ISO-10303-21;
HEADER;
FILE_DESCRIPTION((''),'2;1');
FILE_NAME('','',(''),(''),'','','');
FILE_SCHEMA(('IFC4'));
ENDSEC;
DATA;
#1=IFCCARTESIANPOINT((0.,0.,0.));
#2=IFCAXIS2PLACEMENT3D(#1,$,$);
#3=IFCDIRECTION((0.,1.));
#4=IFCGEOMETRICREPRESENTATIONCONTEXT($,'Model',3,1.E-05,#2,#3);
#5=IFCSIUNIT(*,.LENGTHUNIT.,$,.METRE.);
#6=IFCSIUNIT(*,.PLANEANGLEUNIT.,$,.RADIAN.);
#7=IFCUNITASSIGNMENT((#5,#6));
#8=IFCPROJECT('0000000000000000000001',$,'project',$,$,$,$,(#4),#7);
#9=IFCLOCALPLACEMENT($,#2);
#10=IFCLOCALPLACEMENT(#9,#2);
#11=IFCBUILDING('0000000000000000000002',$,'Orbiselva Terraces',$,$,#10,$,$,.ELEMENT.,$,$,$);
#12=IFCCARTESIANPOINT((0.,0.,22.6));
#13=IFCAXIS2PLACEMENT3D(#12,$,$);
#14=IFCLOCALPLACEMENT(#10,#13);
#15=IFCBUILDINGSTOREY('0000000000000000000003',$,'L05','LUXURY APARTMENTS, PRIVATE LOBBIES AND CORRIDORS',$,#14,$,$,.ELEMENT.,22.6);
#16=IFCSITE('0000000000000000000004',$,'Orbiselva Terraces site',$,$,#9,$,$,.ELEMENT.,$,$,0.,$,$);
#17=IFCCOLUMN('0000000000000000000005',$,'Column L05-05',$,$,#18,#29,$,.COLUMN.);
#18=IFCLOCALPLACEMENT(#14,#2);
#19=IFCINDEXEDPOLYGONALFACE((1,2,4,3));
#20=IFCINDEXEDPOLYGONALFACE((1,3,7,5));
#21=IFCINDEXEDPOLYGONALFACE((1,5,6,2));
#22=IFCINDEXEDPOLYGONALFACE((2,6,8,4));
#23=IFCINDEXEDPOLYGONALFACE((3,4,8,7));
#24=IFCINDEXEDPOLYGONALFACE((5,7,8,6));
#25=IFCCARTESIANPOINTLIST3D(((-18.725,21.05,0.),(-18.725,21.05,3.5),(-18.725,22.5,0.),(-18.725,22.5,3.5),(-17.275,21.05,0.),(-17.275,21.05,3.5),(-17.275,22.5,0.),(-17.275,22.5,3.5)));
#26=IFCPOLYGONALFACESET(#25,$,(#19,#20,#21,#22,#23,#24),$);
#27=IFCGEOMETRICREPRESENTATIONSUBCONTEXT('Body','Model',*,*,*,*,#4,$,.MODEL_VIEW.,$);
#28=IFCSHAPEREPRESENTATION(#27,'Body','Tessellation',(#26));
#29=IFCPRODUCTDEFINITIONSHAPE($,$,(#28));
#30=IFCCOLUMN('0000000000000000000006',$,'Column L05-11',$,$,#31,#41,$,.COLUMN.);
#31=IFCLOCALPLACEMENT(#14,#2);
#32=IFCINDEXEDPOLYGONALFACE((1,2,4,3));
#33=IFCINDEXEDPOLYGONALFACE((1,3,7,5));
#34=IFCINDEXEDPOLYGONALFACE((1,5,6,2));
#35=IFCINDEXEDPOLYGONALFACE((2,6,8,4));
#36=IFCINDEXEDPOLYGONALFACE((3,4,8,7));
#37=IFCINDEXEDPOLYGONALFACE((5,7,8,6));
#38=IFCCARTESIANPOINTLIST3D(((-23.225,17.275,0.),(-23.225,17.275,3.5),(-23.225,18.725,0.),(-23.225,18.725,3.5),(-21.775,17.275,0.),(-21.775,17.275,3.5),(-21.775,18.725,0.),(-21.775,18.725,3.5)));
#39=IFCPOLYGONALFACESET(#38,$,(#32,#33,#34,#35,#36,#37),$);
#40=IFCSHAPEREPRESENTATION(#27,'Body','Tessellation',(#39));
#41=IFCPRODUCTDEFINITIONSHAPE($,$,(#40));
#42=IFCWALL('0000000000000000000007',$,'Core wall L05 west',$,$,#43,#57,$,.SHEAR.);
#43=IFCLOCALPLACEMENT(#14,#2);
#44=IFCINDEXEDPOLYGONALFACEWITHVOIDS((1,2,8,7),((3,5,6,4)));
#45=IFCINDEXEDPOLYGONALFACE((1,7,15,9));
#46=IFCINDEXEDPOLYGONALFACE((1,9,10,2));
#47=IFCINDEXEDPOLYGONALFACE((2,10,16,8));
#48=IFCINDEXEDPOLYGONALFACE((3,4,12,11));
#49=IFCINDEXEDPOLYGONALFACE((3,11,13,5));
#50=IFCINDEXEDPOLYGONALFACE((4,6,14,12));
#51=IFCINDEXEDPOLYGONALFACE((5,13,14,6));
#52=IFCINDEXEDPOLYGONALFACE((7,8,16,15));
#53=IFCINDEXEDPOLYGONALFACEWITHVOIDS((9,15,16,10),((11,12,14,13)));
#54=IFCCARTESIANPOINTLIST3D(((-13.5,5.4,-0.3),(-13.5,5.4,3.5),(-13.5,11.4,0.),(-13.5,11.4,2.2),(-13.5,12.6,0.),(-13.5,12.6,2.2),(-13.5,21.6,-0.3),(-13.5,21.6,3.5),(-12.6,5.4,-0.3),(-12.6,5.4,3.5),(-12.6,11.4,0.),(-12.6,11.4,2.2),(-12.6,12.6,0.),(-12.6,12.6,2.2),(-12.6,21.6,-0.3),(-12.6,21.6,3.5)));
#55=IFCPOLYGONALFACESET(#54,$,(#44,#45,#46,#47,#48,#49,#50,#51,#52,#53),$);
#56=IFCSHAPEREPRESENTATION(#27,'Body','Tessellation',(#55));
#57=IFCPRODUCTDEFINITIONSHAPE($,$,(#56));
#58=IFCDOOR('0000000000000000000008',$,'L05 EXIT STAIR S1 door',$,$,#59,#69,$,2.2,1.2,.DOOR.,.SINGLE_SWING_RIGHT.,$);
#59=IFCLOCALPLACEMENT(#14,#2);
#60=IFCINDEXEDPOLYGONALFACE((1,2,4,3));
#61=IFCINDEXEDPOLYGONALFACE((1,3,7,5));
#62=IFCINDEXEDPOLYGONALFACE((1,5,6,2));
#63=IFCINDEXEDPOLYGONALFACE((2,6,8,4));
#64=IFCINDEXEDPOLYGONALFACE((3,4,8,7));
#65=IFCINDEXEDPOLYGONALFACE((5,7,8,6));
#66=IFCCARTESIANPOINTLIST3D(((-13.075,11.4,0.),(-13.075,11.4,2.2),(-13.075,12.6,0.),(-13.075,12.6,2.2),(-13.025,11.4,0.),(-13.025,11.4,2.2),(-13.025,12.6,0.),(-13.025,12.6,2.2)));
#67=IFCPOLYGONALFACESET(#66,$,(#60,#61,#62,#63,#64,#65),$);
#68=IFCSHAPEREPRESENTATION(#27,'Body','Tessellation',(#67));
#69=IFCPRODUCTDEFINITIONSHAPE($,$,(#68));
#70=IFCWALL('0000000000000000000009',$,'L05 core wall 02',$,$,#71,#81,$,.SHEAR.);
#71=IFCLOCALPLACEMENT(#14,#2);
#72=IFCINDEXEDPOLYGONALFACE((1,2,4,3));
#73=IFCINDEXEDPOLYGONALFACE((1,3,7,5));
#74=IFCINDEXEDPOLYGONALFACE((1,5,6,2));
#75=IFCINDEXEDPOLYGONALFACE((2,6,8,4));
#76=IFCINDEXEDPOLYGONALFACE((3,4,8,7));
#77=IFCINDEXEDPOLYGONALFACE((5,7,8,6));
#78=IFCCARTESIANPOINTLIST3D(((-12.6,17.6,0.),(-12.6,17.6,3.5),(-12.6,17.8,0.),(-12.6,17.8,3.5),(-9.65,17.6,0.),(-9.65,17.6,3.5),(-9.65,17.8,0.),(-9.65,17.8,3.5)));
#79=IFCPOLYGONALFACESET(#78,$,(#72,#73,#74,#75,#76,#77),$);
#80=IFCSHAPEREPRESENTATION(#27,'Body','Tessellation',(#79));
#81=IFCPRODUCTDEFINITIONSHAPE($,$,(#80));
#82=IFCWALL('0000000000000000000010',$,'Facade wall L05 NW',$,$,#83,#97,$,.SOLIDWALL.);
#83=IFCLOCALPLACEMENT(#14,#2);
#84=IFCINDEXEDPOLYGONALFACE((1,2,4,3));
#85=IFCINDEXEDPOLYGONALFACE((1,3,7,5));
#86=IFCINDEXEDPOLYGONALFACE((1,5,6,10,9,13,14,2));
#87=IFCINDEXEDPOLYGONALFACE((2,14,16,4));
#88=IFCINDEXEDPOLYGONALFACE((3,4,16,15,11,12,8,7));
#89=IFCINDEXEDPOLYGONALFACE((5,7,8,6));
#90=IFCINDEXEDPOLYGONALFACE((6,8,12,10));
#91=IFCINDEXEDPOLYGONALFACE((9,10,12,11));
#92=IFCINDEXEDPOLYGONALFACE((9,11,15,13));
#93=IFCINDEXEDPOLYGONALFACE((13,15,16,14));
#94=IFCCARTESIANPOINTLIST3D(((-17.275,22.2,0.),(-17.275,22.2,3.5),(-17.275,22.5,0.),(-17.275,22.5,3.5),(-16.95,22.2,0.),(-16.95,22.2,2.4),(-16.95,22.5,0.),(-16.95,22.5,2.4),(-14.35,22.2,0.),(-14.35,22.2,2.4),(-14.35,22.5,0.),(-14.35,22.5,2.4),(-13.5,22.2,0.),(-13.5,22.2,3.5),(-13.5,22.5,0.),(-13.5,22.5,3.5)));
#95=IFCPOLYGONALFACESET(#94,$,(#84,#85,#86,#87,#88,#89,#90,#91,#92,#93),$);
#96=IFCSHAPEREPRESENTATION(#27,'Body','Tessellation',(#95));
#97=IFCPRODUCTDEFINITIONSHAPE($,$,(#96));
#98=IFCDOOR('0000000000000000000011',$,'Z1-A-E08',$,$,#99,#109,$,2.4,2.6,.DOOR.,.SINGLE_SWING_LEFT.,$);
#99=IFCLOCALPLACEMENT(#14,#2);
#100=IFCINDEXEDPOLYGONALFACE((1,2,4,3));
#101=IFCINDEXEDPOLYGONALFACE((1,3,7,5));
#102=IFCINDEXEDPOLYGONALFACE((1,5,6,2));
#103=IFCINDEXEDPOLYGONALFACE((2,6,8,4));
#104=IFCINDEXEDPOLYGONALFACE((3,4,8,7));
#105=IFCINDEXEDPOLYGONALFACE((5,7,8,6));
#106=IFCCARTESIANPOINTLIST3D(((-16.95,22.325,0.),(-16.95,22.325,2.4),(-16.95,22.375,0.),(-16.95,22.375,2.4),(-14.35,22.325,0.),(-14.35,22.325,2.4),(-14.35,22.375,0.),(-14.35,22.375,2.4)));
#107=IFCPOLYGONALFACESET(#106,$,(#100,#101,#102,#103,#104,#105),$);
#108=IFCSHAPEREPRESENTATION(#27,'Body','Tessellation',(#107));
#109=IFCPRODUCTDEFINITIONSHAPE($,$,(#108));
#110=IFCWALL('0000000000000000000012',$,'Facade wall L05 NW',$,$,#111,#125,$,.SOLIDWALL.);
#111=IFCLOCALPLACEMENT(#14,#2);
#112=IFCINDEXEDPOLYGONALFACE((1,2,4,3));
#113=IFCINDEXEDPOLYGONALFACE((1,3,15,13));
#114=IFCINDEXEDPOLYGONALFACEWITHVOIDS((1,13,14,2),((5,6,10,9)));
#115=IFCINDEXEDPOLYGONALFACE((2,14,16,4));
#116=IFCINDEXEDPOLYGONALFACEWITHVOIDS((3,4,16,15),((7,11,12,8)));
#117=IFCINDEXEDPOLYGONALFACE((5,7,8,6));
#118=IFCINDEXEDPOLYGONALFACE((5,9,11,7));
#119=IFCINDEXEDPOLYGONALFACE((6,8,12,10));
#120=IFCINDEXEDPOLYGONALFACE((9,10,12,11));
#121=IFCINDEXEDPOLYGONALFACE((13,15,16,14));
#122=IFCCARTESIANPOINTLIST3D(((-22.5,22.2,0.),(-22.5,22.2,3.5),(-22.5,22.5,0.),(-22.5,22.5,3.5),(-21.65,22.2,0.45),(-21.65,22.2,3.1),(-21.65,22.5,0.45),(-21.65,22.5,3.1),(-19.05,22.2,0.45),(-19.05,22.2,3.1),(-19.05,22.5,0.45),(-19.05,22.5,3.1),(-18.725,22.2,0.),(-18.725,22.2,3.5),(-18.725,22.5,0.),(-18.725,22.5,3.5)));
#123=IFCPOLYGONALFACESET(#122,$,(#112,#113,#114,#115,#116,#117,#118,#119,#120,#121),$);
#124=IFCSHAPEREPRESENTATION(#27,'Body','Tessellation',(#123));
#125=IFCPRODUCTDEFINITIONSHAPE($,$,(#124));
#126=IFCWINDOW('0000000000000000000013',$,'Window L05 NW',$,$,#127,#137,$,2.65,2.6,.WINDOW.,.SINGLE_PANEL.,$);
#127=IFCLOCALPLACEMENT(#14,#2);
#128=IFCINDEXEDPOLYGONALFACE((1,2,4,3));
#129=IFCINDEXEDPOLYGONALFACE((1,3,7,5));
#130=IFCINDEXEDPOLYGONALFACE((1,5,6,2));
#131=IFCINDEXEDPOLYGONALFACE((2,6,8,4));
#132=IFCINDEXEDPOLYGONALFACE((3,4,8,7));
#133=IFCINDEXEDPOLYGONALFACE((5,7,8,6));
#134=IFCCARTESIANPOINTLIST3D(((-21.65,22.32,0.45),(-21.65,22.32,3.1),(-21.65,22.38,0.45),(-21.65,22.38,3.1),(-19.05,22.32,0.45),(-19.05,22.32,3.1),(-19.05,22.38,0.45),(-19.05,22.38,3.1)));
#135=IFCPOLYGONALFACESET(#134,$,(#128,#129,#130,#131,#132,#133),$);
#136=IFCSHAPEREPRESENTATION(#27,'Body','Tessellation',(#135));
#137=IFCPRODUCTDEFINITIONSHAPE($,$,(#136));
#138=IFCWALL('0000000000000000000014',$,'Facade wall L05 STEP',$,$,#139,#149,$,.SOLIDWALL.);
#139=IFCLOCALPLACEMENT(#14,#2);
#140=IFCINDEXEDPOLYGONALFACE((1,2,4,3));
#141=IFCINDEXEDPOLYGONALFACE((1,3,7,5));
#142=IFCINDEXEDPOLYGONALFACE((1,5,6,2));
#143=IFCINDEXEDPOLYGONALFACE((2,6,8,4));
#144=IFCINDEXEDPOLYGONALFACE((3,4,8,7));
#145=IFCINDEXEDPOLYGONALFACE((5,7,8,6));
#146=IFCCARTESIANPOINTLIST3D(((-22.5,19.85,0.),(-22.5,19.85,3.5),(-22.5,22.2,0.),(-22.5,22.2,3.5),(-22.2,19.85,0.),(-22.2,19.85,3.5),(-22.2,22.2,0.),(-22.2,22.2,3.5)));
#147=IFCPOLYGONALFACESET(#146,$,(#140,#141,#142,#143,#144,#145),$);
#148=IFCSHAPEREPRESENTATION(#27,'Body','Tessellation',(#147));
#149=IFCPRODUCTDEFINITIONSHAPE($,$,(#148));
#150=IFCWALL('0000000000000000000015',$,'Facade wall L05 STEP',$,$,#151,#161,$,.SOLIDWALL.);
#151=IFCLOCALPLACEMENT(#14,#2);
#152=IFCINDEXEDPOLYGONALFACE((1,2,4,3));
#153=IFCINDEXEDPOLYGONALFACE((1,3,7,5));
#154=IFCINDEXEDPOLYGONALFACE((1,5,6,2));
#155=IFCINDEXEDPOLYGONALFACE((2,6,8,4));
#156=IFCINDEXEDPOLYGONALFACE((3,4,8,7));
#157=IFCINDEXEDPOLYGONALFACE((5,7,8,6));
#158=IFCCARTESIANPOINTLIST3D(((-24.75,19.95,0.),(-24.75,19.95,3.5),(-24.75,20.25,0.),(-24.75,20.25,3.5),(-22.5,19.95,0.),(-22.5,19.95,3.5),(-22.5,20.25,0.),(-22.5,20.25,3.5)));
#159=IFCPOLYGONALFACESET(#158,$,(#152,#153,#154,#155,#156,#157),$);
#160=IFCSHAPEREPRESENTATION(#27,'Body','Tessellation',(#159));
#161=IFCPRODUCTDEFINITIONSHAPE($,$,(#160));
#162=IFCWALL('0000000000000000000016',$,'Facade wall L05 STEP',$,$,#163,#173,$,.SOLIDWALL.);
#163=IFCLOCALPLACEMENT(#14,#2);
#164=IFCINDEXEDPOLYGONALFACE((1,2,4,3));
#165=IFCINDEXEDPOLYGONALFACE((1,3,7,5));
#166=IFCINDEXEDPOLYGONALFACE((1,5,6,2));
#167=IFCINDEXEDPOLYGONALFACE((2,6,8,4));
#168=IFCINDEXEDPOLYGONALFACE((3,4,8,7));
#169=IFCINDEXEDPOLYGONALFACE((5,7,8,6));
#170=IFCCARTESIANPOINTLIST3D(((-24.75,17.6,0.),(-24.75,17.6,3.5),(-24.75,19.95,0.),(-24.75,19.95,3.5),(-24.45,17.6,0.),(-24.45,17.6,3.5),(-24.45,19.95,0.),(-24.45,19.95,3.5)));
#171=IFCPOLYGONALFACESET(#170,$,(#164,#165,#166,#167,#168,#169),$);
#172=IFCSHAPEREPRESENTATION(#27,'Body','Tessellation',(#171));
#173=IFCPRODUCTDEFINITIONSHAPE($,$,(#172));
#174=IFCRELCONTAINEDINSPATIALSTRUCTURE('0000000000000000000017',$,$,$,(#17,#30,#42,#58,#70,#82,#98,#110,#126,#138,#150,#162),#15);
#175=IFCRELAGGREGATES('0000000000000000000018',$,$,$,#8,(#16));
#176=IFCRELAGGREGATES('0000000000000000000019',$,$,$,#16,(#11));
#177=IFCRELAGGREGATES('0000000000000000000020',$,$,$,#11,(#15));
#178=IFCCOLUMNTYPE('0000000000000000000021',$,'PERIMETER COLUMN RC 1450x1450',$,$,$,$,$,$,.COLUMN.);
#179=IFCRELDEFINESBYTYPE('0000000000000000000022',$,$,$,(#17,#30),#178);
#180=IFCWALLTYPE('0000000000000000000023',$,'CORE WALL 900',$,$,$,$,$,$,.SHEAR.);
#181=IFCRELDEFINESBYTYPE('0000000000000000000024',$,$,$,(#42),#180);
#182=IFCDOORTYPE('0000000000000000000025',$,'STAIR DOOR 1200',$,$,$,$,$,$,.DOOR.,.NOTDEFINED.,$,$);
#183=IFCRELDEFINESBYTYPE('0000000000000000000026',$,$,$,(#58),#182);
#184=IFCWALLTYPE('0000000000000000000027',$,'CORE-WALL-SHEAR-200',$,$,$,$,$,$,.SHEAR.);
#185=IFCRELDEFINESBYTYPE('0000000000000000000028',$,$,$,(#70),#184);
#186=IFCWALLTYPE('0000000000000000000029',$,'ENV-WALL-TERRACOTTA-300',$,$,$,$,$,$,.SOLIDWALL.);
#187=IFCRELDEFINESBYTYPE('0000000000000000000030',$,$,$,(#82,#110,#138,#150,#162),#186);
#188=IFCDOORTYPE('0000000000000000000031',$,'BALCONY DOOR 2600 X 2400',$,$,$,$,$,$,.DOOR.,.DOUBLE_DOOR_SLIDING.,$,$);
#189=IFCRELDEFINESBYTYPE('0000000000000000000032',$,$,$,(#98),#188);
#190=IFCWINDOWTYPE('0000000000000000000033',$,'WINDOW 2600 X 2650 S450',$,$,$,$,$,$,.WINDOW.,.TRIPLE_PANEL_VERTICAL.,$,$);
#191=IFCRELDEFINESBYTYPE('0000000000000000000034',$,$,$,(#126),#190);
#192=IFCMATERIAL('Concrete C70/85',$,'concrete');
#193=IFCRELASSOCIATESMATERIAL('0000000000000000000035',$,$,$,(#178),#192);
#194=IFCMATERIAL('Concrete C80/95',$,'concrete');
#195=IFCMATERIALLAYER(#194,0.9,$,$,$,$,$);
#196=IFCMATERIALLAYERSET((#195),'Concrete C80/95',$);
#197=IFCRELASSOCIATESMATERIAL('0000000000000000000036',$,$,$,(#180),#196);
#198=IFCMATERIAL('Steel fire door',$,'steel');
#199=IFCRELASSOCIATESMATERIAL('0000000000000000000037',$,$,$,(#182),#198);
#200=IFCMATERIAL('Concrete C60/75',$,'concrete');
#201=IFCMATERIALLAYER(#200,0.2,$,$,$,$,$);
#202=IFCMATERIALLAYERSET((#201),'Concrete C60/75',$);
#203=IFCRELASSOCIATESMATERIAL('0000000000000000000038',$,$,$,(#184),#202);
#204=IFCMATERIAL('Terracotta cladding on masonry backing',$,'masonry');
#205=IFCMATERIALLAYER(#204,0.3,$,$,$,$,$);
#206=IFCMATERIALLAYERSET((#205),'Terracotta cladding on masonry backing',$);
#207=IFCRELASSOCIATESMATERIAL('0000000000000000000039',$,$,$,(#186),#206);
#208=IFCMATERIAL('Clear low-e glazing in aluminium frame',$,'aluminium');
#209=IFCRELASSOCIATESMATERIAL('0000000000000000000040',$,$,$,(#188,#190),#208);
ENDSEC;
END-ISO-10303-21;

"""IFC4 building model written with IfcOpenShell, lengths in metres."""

from ifc_helpers import new_model, si_unit, direction, frame, frame_2d, origin, origin_2d, place, context, subcontext, project, spatial, rectangle, extrude, material, layer, layer_set, material_profile, profile_set, type_object, element, fill, save


model = new_model("IFC4")

# Units and contexts
model_context = context("Model", 3, precision=1e-05, world=origin(), true_north=direction((0.0, 1.0)))
body_context = subcontext(model_context, "Body", "Model", "MODEL_VIEW")
ifc_project = project(units=[si_unit("LENGTHUNIT", "METRE"), si_unit("PLANEANGLEUNIT", "RADIAN")], contexts=[model_context])

# Site, building, storey
site_placement = place(None, origin())
site = spatial("IfcSite", under=ifc_project, at=site_placement, Name="Orbiselva Terraces site", CompositionType="ELEMENT", RefElevation=0.0)
building_placement = place(site_placement, origin())
building = spatial("IfcBuilding", under=site, at=building_placement, Name="Orbiselva Terraces", CompositionType="ELEMENT")
storey_placement = place(building_placement, frame((0.0, 0.0, 22.6)))
storey = spatial("IfcBuildingStorey", under=building, at=storey_placement, Name="L05", Description="LUXURY APARTMENTS, PRIVATE LOBBIES AND CORRIDORS", CompositionType="ELEMENT", Elevation=22.6)

# Columns
ifc_material_1 = material(Name="Concrete C70/85", Category="concrete")
ifc_material_profile = material_profile(ifc_material_1, rectangle(XDim=1.45, YDim=1.45, at=origin_2d()), Name="RC 1450x1450")
ifc_profile_set = profile_set([ifc_material_profile], Name="Concrete C70/85")
column_type = type_object("IfcColumnType", Name="PERIMETER COLUMN RC 1450x1450", PredefinedType="COLUMN", material=ifc_profile_set)
for number, where, z_axis, x_axis, name in (
    (1, (-18.0, 21.775, 0.0), (0.0, 0.0, 1.0), (1.0, 0.0, 0.0), "Column L05-05"),
    (2, (-22.5, 18.0, 0.0), (0.0, 0.0, 1.0), (1.0, 0.0, 0.0), "Column L05-11"),
):
    element("IfcColumn", number, at=place(storey_placement, frame(where, z_axis=z_axis, x_axis=x_axis)), inside=storey, type_object=column_type, Name=name, PredefinedType="COLUMN", context=body_context, shape_type="SweptSolid", body=[
        extrude(rectangle(XDim=1.45, YDim=1.45, at=origin_2d()), origin(), (0.0, 0.0, 1.0), 3.5),
    ])

# Wall, opening, door
ifc_material_2 = material(Name="Concrete C80/95", Category="concrete")
ifc_layer_1 = layer(ifc_material_2, 0.9)
ifc_layer_set_1 = layer_set([ifc_layer_1], Name="Concrete C80/95")
wall_type_1 = type_object("IfcWallType", Name="CORE WALL 900", PredefinedType="SHEAR", material=ifc_layer_set_1)
wall_1_placement = place(storey_placement, frame((-13.05, 21.6, -0.3), z_axis=(0.0, 0.0, 1.0), x_axis=(0.0, -1.0, 0.0)))
wall_1 = element("IfcWall", 3, at=wall_1_placement, inside=storey, type_object=wall_type_1, Name="Core wall L05 west", PredefinedType="SHEAR", context=body_context, shape_type="SweptSolid", body=[
    extrude(rectangle(XDim=16.2, YDim=0.9, at=frame_2d((8.1, 0.0))), origin(), (0.0, 0.0, 1.0), 3.8),
])
opening_1_placement = place(wall_1_placement, frame((9.0, 0.0, 0.3)))
opening_1 = element("IfcOpeningElement", 4, at=opening_1_placement, cuts=wall_1, PredefinedType="OPENING", context=body_context, shape_type="SweptSolid", body=[
    extrude(rectangle(XDim=1.2, YDim=2.2, at=frame_2d((0.6, 1.1))), frame((0.0, 0.46, 0.0), z_axis=(0.0, -1.0, 0.0), x_axis=(1.0, 0.0, 0.0)), (0.0, 0.0, 1.0), 0.92),
])
ifc_material_3 = material(Name="Steel fire door", Category="steel")
door_type_1 = type_object("IfcDoorType", Name="STAIR DOOR 1200", OperationType="NOTDEFINED", PredefinedType="DOOR", material=ifc_material_3)
door_1_placement = place(opening_1_placement, frame((1.2, 0.0, 0.0), z_axis=(0.0, 0.0, 1.0), x_axis=(-1.0, 0.0, 0.0)))
door_1 = element("IfcDoor", 5, at=door_1_placement, inside=storey, type_object=door_type_1, Name="L05 EXIT STAIR S1 door", OperationType="SINGLE_SWING_RIGHT", OverallHeight=2.2, OverallWidth=1.2, PredefinedType="DOOR", context=body_context, shape_type="SweptSolid", body=[
    extrude(rectangle(XDim=1.2, YDim=2.2, at=frame_2d((0.6, 1.1))), frame((0.0, 0.025, 0.0), z_axis=(0.0, -1.0, 0.0), x_axis=(1.0, 0.0, 0.0)), (0.0, 0.0, 1.0), 0.05),
])
fill(opening_1, door_1)

# Wall
ifc_material_4 = material(Name="Concrete C60/75", Category="concrete")
ifc_layer_2 = layer(ifc_material_4, 0.2)
ifc_layer_set_2 = layer_set([ifc_layer_2], Name="Concrete C60/75")
wall_type_2 = type_object("IfcWallType", Name="CORE-WALL-SHEAR-200", PredefinedType="SHEAR", material=ifc_layer_set_2)
wall_2_placement = place(storey_placement, frame((-12.6, 17.7, 0.0), z_axis=(0.0, 0.0, 1.0), x_axis=(1.0, 0.0, 0.0)))
element("IfcWall", 6, at=wall_2_placement, inside=storey, type_object=wall_type_2, Name="L05 core wall 02", PredefinedType="SHEAR", context=body_context, shape_type="SweptSolid", body=[
    extrude(rectangle(XDim=2.95, YDim=0.2, at=frame_2d((1.475, 0.0))), origin(), (0.0, 0.0, 1.0), 3.5),
])

# Wall, opening, door
ifc_material_5 = material(Name="Terracotta cladding on masonry backing", Category="masonry")
ifc_layer_3 = layer(ifc_material_5, 0.3)
ifc_layer_set_3 = layer_set([ifc_layer_3], Name="Terracotta cladding on masonry backing")
wall_type_3 = type_object("IfcWallType", Name="ENV-WALL-TERRACOTTA-300", PredefinedType="SOLIDWALL", material=ifc_layer_set_3)
wall_3_placement = place(storey_placement, frame((-17.275, 22.35, 0.0), z_axis=(0.0, 0.0, 1.0), x_axis=(1.0, 0.0, 0.0)))
wall_3 = element("IfcWall", 7, at=wall_3_placement, inside=storey, type_object=wall_type_3, Name="Facade wall L05 NW", PredefinedType="SOLIDWALL", context=body_context, shape_type="SweptSolid", body=[
    extrude(rectangle(XDim=3.775, YDim=0.3, at=frame_2d((1.8875, 0.0))), origin(), (0.0, 0.0, 1.0), 3.5),
])
opening_2_placement = place(wall_3_placement, frame((0.325, 0.0, 0.0)))
opening_2 = element("IfcOpeningElement", 8, at=opening_2_placement, cuts=wall_3, PredefinedType="OPENING", context=body_context, shape_type="SweptSolid", body=[
    extrude(rectangle(XDim=2.6, YDim=2.4, at=frame_2d((1.3, 1.2))), frame((0.0, 0.16, 0.0), z_axis=(0.0, -1.0, 0.0), x_axis=(1.0, 0.0, 0.0)), (0.0, 0.0, 1.0), 0.32),
])
ifc_material_6 = material(Name="Clear low-e glazing in aluminium frame", Category="aluminium")
door_type_2 = type_object("IfcDoorType", Name="BALCONY DOOR 2600 X 2400", OperationType="DOUBLE_DOOR_SLIDING", PredefinedType="DOOR", material=ifc_material_6)
door_2_placement = place(opening_2_placement, origin())
door_2 = element("IfcDoor", 9, at=door_2_placement, inside=storey, type_object=door_type_2, Name="Z1-A-E08", OperationType="SINGLE_SWING_LEFT", OverallHeight=2.4, OverallWidth=2.6, PredefinedType="DOOR", context=body_context, shape_type="SweptSolid", body=[
    extrude(rectangle(XDim=2.6, YDim=2.4, at=frame_2d((1.3, 1.2))), frame((0.0, 0.025, 0.0), z_axis=(0.0, -1.0, 0.0), x_axis=(1.0, 0.0, 0.0)), (0.0, 0.0, 1.0), 0.05),
])
fill(opening_2, door_2)

# Wall, opening, window
wall_4_placement = place(storey_placement, frame((-22.5, 22.35, 0.0), z_axis=(0.0, 0.0, 1.0), x_axis=(1.0, 0.0, 0.0)))
wall_4 = element("IfcWall", 10, at=wall_4_placement, inside=storey, type_object=wall_type_3, Name="Facade wall L05 NW", PredefinedType="SOLIDWALL", context=body_context, shape_type="SweptSolid", body=[
    extrude(rectangle(XDim=3.775, YDim=0.3, at=frame_2d((1.8875, 0.0))), origin(), (0.0, 0.0, 1.0), 3.5),
])
opening_3_placement = place(wall_4_placement, frame((0.85, 0.0, 0.45)))
opening_3 = element("IfcOpeningElement", 11, at=opening_3_placement, cuts=wall_4, PredefinedType="OPENING", context=body_context, shape_type="SweptSolid", body=[
    extrude(rectangle(XDim=2.6, YDim=2.65, at=frame_2d((1.3, 1.325))), frame((0.0, 0.16, 0.0), z_axis=(0.0, -1.0, 0.0), x_axis=(1.0, 0.0, 0.0)), (0.0, 0.0, 1.0), 0.32),
])
window_type = type_object("IfcWindowType", Name="WINDOW 2600 X 2650 S450", PartitioningType="TRIPLE_PANEL_VERTICAL", PredefinedType="WINDOW", material=ifc_material_6)
window_placement = place(opening_3_placement, origin())
window = element("IfcWindow", 12, at=window_placement, inside=storey, type_object=window_type, Name="Window L05 NW", OverallHeight=2.65, OverallWidth=2.6, PartitioningType="SINGLE_PANEL", PredefinedType="WINDOW", context=body_context, shape_type="SweptSolid", body=[
    extrude(rectangle(XDim=2.6, YDim=2.65, at=frame_2d((1.3, 1.325))), frame((0.0, 0.03, 0.0), z_axis=(0.0, -1.0, 0.0), x_axis=(1.0, 0.0, 0.0)), (0.0, 0.0, 1.0), 0.06),
])
fill(opening_3, window)

# Walls
wall_5_placement = place(storey_placement, frame((-22.35, 19.85, 0.0), z_axis=(0.0, 0.0, 1.0), x_axis=(0.0, 1.0, 0.0)))
element("IfcWall", 13, at=wall_5_placement, inside=storey, type_object=wall_type_3, Name="Facade wall L05 STEP", PredefinedType="SOLIDWALL", context=body_context, shape_type="SweptSolid", body=[
    extrude(rectangle(XDim=2.35, YDim=0.3, at=frame_2d((1.175, 0.0))), origin(), (0.0, 0.0, 1.0), 3.5),
])
wall_6_placement = place(storey_placement, frame((-24.75, 20.1, 0.0), z_axis=(0.0, 0.0, 1.0), x_axis=(1.0, 0.0, 0.0)))
element("IfcWall", 14, at=wall_6_placement, inside=storey, type_object=wall_type_3, Name="Facade wall L05 STEP", PredefinedType="SOLIDWALL", context=body_context, shape_type="SweptSolid", body=[
    extrude(rectangle(XDim=2.25, YDim=0.3, at=frame_2d((1.125, 0.0))), origin(), (0.0, 0.0, 1.0), 3.5),
])
wall_7_placement = place(storey_placement, frame((-24.6, 17.6, 0.0), z_axis=(0.0, 0.0, 1.0), x_axis=(0.0, 1.0, 0.0)))
element("IfcWall", 15, at=wall_7_placement, inside=storey, type_object=wall_type_3, Name="Facade wall L05 STEP", PredefinedType="SOLIDWALL", context=body_context, shape_type="SweptSolid", body=[
    extrude(rectangle(XDim=2.35, YDim=0.3, at=frame_2d((1.175, 0.0))), origin(), (0.0, 0.0, 1.0), 3.5),
])

save(model, "model.ifc")
